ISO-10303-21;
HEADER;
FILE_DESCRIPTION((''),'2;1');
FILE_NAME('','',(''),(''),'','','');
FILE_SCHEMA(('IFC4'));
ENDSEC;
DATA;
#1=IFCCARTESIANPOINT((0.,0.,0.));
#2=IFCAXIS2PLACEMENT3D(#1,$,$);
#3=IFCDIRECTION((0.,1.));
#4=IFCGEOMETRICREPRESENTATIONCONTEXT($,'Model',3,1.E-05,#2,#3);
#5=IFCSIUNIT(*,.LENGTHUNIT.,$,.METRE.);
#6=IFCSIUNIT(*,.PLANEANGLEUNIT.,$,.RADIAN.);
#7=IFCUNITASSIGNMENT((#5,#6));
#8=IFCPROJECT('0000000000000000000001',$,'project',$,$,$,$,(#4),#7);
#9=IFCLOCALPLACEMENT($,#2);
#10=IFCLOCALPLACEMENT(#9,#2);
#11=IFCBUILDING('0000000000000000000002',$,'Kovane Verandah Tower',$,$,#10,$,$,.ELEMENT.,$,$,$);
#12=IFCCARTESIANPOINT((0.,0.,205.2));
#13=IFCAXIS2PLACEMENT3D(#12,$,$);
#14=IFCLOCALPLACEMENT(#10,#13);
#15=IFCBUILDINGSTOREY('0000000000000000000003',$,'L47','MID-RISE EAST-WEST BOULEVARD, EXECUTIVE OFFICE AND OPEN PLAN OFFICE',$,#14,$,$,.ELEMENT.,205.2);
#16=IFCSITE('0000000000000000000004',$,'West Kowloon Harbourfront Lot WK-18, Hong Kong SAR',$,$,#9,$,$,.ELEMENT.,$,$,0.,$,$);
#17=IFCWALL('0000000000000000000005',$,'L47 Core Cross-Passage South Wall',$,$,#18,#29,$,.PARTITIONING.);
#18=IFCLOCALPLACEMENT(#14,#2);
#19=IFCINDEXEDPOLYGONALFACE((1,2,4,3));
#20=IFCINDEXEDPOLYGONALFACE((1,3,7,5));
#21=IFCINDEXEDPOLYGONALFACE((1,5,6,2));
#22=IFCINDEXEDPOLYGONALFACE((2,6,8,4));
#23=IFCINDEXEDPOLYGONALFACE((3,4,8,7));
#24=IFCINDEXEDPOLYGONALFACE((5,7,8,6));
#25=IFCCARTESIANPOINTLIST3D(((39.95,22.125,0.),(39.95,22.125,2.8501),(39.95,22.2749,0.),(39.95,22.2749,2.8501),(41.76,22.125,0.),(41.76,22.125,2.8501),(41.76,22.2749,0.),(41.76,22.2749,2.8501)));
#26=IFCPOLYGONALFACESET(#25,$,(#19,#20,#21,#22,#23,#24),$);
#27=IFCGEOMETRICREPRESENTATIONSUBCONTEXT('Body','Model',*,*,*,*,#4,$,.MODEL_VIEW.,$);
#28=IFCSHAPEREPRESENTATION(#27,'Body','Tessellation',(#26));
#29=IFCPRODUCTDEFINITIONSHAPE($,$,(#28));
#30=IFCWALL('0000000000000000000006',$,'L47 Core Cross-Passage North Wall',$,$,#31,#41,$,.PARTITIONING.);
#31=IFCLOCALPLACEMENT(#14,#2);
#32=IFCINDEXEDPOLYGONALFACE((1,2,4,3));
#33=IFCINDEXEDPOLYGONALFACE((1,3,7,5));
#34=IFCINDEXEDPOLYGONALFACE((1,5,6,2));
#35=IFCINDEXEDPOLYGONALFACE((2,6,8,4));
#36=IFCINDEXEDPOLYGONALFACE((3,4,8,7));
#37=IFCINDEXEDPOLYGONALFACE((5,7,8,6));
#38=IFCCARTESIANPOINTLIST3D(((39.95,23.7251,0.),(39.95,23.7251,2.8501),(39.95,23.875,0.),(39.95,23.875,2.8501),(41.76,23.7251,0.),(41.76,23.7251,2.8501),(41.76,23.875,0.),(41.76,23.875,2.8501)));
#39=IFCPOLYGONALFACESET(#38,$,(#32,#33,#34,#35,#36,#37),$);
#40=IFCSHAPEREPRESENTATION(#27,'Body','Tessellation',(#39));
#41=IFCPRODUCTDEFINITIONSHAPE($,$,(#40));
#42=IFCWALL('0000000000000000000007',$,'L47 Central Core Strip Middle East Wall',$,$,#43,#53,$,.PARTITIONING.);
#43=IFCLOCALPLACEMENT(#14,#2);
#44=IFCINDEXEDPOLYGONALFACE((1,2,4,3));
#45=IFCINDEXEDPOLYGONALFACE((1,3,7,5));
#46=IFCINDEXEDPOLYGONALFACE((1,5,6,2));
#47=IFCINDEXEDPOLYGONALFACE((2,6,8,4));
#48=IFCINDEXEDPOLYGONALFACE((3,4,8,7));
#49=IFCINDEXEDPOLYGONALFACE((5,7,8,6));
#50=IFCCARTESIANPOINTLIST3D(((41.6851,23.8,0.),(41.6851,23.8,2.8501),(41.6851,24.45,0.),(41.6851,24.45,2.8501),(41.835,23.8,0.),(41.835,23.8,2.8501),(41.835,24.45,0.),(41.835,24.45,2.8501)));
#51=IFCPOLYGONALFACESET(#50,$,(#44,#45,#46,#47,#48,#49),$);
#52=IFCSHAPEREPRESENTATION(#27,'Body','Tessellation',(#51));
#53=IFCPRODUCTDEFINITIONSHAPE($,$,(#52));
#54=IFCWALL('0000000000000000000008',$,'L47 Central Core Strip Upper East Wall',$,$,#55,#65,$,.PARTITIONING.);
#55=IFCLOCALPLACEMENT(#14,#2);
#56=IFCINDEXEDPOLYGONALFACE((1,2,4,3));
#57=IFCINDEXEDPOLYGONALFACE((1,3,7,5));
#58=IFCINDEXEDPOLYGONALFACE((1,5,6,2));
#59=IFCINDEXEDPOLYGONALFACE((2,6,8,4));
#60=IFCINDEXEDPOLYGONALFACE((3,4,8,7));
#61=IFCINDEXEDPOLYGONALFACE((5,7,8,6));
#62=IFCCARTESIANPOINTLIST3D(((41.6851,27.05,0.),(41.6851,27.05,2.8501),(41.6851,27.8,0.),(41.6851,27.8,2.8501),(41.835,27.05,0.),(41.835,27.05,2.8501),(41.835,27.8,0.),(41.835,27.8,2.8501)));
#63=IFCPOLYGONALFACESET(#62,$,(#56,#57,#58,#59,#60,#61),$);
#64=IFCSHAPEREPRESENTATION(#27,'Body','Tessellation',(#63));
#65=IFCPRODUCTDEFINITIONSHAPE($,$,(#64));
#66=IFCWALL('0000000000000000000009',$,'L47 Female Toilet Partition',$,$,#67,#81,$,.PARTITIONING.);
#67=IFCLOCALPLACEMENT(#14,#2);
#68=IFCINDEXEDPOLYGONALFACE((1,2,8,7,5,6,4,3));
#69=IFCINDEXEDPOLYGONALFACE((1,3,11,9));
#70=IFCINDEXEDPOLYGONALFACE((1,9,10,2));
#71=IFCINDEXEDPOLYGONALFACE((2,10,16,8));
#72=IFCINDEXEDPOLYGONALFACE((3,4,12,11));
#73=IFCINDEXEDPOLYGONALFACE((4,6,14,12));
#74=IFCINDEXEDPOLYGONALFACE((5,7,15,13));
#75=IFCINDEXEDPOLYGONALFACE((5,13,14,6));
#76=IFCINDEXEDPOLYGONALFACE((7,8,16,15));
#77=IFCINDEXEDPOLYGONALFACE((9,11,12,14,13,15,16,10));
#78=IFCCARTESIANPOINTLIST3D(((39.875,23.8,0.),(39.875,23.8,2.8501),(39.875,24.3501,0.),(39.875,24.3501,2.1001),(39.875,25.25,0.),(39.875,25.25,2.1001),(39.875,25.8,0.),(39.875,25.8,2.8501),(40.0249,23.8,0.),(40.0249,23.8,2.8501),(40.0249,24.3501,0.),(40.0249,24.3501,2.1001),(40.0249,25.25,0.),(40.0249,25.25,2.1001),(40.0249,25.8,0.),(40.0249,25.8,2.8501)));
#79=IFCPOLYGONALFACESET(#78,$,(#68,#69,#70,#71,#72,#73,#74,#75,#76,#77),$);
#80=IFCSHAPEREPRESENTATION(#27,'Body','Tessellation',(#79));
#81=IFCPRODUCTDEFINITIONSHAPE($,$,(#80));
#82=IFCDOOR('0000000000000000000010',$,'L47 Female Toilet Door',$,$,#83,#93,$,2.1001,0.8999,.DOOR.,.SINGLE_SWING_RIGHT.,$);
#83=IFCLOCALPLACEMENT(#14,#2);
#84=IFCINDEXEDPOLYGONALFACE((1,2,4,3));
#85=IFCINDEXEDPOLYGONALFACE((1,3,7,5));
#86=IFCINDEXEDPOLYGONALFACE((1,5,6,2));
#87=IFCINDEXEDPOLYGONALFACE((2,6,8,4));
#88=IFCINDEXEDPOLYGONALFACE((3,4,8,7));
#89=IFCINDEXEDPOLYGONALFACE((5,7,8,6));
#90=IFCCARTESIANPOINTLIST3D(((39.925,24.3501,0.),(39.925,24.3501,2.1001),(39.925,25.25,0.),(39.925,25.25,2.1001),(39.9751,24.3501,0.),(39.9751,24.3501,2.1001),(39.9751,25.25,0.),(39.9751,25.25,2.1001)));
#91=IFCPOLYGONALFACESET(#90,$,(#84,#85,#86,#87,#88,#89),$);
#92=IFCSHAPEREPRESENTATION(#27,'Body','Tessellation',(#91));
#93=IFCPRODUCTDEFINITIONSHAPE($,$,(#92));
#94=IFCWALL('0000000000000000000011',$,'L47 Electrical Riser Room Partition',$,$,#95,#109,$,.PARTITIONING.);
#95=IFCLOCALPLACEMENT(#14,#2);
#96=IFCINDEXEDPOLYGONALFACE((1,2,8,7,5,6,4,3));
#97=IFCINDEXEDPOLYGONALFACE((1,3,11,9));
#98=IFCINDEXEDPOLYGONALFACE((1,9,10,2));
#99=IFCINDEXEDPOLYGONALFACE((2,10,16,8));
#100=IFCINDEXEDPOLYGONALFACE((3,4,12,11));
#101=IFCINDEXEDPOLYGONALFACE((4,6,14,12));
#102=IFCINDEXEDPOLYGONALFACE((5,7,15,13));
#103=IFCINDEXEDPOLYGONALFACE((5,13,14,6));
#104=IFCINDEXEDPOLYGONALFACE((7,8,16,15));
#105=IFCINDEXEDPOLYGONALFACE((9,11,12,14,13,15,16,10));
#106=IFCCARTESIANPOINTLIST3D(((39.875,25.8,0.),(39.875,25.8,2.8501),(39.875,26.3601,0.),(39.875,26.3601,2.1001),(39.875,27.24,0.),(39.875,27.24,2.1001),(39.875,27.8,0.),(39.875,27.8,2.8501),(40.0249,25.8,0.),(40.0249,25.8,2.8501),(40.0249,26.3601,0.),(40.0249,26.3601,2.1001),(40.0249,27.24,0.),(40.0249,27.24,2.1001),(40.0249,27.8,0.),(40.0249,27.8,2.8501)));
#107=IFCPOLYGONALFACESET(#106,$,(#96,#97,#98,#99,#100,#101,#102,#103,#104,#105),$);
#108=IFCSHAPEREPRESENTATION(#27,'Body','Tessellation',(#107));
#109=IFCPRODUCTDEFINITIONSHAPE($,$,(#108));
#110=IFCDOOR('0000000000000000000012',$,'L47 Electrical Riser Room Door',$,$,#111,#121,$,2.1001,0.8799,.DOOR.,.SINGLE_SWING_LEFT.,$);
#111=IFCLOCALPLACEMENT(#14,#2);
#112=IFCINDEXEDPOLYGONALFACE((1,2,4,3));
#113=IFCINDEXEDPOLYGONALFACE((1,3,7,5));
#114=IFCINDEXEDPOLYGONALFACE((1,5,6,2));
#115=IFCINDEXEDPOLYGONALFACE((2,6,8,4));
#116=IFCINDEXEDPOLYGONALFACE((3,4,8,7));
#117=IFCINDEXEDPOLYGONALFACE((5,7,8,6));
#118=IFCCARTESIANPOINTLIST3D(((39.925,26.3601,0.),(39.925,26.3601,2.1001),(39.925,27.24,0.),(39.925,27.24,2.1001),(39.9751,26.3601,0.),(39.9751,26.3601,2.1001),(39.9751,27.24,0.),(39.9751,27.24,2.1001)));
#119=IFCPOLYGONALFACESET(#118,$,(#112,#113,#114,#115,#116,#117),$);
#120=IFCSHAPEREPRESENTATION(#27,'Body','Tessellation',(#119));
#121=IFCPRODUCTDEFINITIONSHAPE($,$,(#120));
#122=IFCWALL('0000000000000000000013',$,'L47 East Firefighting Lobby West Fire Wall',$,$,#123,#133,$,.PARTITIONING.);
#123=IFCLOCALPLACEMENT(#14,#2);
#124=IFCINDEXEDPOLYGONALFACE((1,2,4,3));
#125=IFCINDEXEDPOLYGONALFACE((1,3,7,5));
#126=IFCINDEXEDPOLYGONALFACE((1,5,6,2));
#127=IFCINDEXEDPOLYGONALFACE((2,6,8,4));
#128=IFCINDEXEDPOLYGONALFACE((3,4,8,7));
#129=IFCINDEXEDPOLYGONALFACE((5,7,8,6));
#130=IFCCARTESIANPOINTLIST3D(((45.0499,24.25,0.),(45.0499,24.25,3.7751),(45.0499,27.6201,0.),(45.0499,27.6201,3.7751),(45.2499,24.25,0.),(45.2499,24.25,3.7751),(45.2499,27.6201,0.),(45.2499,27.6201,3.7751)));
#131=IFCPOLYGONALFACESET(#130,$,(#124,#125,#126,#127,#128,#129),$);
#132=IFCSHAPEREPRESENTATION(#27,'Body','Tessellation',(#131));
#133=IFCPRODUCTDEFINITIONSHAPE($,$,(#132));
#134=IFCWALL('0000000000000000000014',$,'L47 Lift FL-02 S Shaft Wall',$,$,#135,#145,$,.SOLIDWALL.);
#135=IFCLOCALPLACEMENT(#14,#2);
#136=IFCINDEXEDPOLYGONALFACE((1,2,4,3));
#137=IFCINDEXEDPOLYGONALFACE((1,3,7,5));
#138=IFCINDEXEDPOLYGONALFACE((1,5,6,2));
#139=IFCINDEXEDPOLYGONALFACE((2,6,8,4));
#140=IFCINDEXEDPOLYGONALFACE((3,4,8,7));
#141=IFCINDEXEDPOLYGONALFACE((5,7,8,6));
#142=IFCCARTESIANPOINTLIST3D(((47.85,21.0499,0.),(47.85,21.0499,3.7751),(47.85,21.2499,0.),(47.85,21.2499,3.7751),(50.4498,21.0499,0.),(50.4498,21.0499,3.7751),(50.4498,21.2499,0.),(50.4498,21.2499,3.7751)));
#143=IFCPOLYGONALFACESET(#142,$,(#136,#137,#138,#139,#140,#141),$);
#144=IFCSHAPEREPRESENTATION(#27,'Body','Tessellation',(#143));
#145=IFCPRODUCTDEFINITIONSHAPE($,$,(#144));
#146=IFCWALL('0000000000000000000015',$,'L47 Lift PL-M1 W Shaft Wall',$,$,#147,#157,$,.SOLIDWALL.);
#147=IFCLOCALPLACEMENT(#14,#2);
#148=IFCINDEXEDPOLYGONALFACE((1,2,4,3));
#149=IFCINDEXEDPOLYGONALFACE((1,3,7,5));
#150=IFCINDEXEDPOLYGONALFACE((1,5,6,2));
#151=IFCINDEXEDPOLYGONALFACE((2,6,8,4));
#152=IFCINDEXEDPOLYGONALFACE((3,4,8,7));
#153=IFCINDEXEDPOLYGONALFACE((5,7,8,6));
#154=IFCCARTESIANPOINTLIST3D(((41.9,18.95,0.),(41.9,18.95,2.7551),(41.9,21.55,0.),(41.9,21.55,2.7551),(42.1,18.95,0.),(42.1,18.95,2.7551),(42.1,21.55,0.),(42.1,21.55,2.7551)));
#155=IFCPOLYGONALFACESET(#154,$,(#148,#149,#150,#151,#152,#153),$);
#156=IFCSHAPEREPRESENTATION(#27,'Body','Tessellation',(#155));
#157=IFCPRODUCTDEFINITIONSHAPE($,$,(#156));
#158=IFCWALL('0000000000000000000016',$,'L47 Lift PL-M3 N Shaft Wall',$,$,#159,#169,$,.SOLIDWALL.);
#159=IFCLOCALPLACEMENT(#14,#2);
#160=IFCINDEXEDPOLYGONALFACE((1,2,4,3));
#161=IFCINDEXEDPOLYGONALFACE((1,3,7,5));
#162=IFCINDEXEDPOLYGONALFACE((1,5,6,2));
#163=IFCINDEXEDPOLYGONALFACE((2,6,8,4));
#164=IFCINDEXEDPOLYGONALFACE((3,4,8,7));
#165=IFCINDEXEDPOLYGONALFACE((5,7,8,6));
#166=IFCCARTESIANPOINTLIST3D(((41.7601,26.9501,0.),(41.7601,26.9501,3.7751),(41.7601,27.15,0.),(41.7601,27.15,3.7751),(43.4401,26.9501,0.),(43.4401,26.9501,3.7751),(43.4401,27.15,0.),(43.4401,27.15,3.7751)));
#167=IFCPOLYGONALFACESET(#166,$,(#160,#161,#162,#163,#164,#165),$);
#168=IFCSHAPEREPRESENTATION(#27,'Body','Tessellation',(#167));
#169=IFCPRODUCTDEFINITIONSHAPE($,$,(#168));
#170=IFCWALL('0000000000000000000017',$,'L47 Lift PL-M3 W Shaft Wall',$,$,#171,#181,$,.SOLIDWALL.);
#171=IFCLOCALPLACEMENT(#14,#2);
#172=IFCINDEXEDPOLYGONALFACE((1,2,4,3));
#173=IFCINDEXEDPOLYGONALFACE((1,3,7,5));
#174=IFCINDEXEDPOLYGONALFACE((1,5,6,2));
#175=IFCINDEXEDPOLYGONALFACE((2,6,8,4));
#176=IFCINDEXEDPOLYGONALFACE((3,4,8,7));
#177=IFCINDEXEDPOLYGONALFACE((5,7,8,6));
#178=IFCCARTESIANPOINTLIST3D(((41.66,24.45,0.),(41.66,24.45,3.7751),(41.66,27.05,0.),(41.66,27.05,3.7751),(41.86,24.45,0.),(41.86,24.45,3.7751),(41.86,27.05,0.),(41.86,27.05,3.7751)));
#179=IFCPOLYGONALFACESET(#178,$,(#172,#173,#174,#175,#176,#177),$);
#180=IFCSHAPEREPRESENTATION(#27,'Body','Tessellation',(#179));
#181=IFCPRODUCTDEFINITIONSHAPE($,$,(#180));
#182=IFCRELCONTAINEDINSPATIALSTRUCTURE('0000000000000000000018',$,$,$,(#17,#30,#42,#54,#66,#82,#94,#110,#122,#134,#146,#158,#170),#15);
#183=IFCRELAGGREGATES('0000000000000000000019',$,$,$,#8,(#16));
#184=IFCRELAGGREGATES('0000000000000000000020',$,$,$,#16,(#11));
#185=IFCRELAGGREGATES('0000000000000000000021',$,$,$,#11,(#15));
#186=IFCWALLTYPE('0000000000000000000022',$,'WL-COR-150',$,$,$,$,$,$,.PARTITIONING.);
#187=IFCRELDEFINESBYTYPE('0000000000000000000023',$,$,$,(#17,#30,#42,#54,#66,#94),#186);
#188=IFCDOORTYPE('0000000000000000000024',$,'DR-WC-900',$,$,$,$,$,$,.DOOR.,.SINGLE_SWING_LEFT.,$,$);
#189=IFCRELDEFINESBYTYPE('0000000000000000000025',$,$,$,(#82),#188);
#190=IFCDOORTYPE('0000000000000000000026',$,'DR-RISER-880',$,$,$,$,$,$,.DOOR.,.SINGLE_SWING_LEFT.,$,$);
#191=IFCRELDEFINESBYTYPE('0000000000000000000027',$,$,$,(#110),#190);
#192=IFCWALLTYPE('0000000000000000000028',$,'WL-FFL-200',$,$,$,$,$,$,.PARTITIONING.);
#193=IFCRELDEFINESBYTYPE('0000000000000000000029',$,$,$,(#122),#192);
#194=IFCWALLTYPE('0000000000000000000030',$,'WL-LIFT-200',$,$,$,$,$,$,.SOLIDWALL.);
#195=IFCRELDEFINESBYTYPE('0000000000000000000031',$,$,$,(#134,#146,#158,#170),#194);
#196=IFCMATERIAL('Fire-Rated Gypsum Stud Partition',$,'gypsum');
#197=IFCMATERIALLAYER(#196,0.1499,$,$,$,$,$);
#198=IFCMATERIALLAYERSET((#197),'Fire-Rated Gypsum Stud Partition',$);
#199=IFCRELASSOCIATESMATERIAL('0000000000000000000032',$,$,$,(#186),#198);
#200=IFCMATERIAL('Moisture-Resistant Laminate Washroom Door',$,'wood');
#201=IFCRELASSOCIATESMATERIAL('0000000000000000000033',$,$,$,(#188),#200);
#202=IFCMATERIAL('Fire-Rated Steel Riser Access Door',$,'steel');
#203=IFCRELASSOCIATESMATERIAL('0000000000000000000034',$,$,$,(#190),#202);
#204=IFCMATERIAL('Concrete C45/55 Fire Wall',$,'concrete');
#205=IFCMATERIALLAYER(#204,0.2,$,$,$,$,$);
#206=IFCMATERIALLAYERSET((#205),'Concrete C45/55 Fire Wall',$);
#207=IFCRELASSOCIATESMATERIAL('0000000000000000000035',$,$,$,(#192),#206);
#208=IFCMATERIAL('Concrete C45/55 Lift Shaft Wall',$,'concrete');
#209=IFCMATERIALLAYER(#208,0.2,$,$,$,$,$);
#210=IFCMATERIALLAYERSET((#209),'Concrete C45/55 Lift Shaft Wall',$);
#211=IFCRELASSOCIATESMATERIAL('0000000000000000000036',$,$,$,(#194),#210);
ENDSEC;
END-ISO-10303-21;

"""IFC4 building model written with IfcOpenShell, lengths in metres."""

from ifc_helpers import new_model, si_unit, direction, frame, frame_2d, origin, place, context, subcontext, project, spatial, rectangle, extrude, material, layer, layer_set, type_object, element, fill, save


model = new_model("IFC4")

# Units and contexts
model_context = context("Model", 3, precision=1e-05, world=origin(), true_north=direction((0.0, 1.0)))
body_context = subcontext(model_context, "Body", "Model", "MODEL_VIEW")
ifc_project = project(units=[si_unit("LENGTHUNIT", "METRE"), si_unit("PLANEANGLEUNIT", "RADIAN")], contexts=[model_context])

# Site, building, storey
site_placement = place(None, origin())
site = spatial("IfcSite", under=ifc_project, at=site_placement, Name="West Kowloon Harbourfront Lot WK-18, Hong Kong SAR", CompositionType="ELEMENT", RefElevation=0.0)
building_placement = place(site_placement, origin())
building = spatial("IfcBuilding", under=site, at=building_placement, Name="Kovane Verandah Tower", CompositionType="ELEMENT")
storey_placement = place(building_placement, frame((0.0, 0.0, 205.2)))
storey = spatial("IfcBuildingStorey", under=building, at=storey_placement, Name="L47", Description="MID-RISE EAST-WEST BOULEVARD, EXECUTIVE OFFICE AND OPEN PLAN OFFICE", CompositionType="ELEMENT", Elevation=205.2)

# Walls
ifc_material_1 = material(Name="Fire-Rated Gypsum Stud Partition", Category="gypsum")
ifc_layer_1 = layer(ifc_material_1, 0.1499)
ifc_layer_set_1 = layer_set([ifc_layer_1], Name="Fire-Rated Gypsum Stud Partition")
wall_type_1 = type_object("IfcWallType", Name="WL-COR-150", PredefinedType="PARTITIONING", material=ifc_layer_set_1)
for number, where, z_axis, x_axis, name in (
    (1, (39.95, 22.2, 0.0), (0.0, 0.0, 1.0), (1.0, 0.0, 0.0), "L47 Core Cross-Passage South Wall"),
    (2, (39.95, 23.8, 0.0), (0.0, 0.0, 1.0), (1.0, 0.0, 0.0), "L47 Core Cross-Passage North Wall"),
):
    element("IfcWall", number, at=place(storey_placement, frame(where, z_axis=z_axis, x_axis=x_axis)), inside=storey, type_object=wall_type_1, Name=name, PredefinedType="PARTITIONING", context=body_context, shape_type="SweptSolid", body=[
        extrude(rectangle(XDim=1.8101, YDim=0.1499, at=frame_2d((0.905, 0.0))), origin(), (0.0, 0.0, 1.0), 2.8501),
    ])
wall_1_placement = place(storey_placement, frame((41.76, 23.8, 0.0), z_axis=(0.0, 0.0, 1.0), x_axis=(0.0, 1.0, 0.0)))
element("IfcWall", 3, at=wall_1_placement, inside=storey, type_object=wall_type_1, Name="L47 Central Core Strip Middle East Wall", PredefinedType="PARTITIONING", context=body_context, shape_type="SweptSolid", body=[
    extrude(rectangle(XDim=0.6499, YDim=0.1499, at=frame_2d((0.325, 0.0))), origin(), (0.0, 0.0, 1.0), 2.8501),
])
wall_2_placement = place(storey_placement, frame((41.76, 27.05, 0.0), z_axis=(0.0, 0.0, 1.0), x_axis=(0.0, 1.0, 0.0)))
element("IfcWall", 4, at=wall_2_placement, inside=storey, type_object=wall_type_1, Name="L47 Central Core Strip Upper East Wall", PredefinedType="PARTITIONING", context=body_context, shape_type="SweptSolid", body=[
    extrude(rectangle(XDim=0.75, YDim=0.1499, at=frame_2d((0.375, 0.0))), origin(), (0.0, 0.0, 1.0), 2.8501),
])

# Walls, openings, doors
wall_3_placement = place(storey_placement, frame((39.95, 23.8, 0.0), z_axis=(0.0, 0.0, 1.0), x_axis=(0.0, 1.0, 0.0)))
wall_3 = element("IfcWall", 5, at=wall_3_placement, inside=storey, type_object=wall_type_1, Name="L47 Female Toilet Partition", PredefinedType="PARTITIONING", context=body_context, shape_type="SweptSolid", body=[
    extrude(rectangle(XDim=2.0, YDim=0.1499, at=frame_2d((1.0, 0.0))), origin(), (0.0, 0.0, 1.0), 2.8501),
])
opening_1_placement = place(wall_3_placement, frame((0.55, 0.0, 0.0)))
opening_1 = element("IfcOpeningElement", 6, at=opening_1_placement, cuts=wall_3, PredefinedType="OPENING", context=body_context, shape_type="SweptSolid", body=[
    extrude(rectangle(XDim=0.8999, YDim=2.1001, at=frame_2d((0.45, 1.05))), frame((0.0, 0.075, 0.0), z_axis=(0.0, -1.0, 0.0), x_axis=(1.0, 0.0, 0.0)), (0.0, 0.0, 1.0), 0.1499),
])
ifc_material_2 = material(Name="Moisture-Resistant Laminate Washroom Door", Category="wood")
door_type_1 = type_object("IfcDoorType", Name="DR-WC-900", OperationType="SINGLE_SWING_LEFT", PredefinedType="DOOR", material=ifc_material_2)
door_1_placement = place(opening_1_placement, origin())
door_1 = element("IfcDoor", 7, at=door_1_placement, inside=storey, type_object=door_type_1, Name="L47 Female Toilet Door", OperationType="SINGLE_SWING_RIGHT", OverallHeight=2.1001, OverallWidth=0.8999, PredefinedType="DOOR", context=body_context, shape_type="SweptSolid", body=[
    extrude(rectangle(XDim=0.8999, YDim=2.1001, at=frame_2d((0.45, 1.05))), frame((0.0, 0.0249, 0.0), z_axis=(0.0, -1.0, 0.0), x_axis=(1.0, 0.0, 0.0)), (0.0, 0.0, 1.0), 0.05),
])
fill(opening_1, door_1)
wall_4_placement = place(storey_placement, frame((39.95, 25.8, 0.0), z_axis=(0.0, 0.0, 1.0), x_axis=(0.0, 1.0, 0.0)))
wall_4 = element("IfcWall", 8, at=wall_4_placement, inside=storey, type_object=wall_type_1, Name="L47 Electrical Riser Room Partition", PredefinedType="PARTITIONING", context=body_context, shape_type="SweptSolid", body=[
    extrude(rectangle(XDim=2.0, YDim=0.1499, at=frame_2d((1.0, 0.0))), origin(), (0.0, 0.0, 1.0), 2.8501),
])
opening_2_placement = place(wall_4_placement, frame((0.5601, 0.0, 0.0)))
opening_2 = element("IfcOpeningElement", 9, at=opening_2_placement, cuts=wall_4, PredefinedType="OPENING", context=body_context, shape_type="SweptSolid", body=[
    extrude(rectangle(XDim=0.8799, YDim=2.1001, at=frame_2d((0.4399, 1.05))), frame((0.0, 0.075, 0.0), z_axis=(0.0, -1.0, 0.0), x_axis=(1.0, 0.0, 0.0)), (0.0, 0.0, 1.0), 0.1499),
])
ifc_material_3 = material(Name="Fire-Rated Steel Riser Access Door", Category="steel")
door_type_2 = type_object("IfcDoorType", Name="DR-RISER-880", OperationType="SINGLE_SWING_LEFT", PredefinedType="DOOR", material=ifc_material_3)
door_2_placement = place(opening_2_placement, origin())
door_2 = element("IfcDoor", 10, at=door_2_placement, inside=storey, type_object=door_type_2, Name="L47 Electrical Riser Room Door", OperationType="SINGLE_SWING_LEFT", OverallHeight=2.1001, OverallWidth=0.8799, PredefinedType="DOOR", context=body_context, shape_type="SweptSolid", body=[
    extrude(rectangle(XDim=0.8799, YDim=2.1001, at=frame_2d((0.4399, 1.05))), frame((0.0, 0.0249, 0.0), z_axis=(0.0, -1.0, 0.0), x_axis=(1.0, 0.0, 0.0)), (0.0, 0.0, 1.0), 0.05),
])
fill(opening_2, door_2)

# Wall
ifc_material_4 = material(Name="Concrete C45/55 Fire Wall", Category="concrete")
ifc_layer_2 = layer(ifc_material_4, 0.2)
ifc_layer_set_2 = layer_set([ifc_layer_2], Name="Concrete C45/55 Fire Wall")
wall_type_2 = type_object("IfcWallType", Name="WL-FFL-200", PredefinedType="PARTITIONING", material=ifc_layer_set_2)
wall_5_placement = place(storey_placement, frame((45.1499, 24.25, 0.0), z_axis=(0.0, 0.0, 1.0), x_axis=(0.0, 1.0, 0.0)))
element("IfcWall", 11, at=wall_5_placement, inside=storey, type_object=wall_type_2, Name="L47 East Firefighting Lobby West Fire Wall", PredefinedType="PARTITIONING", context=body_context, shape_type="SweptSolid", body=[
    extrude(rectangle(XDim=3.3701, YDim=0.2, at=frame_2d((1.6851, 0.0))), origin(), (0.0, 0.0, 1.0), 3.7751),
])

# Wall
ifc_material_5 = material(Name="Concrete C45/55 Lift Shaft Wall", Category="concrete")
ifc_layer_3 = layer(ifc_material_5, 0.2)
ifc_layer_set_3 = layer_set([ifc_layer_3], Name="Concrete C45/55 Lift Shaft Wall")
wall_type_3 = type_object("IfcWallType", Name="WL-LIFT-200", PredefinedType="SOLIDWALL", material=ifc_layer_set_3)
wall_6_placement = place(storey_placement, frame((47.8501, 21.1499, 0.0), z_axis=(0.0, 0.0, 1.0), x_axis=(1.0, 0.0, 0.0)))
element("IfcWall", 12, at=wall_6_placement, inside=storey, type_object=wall_type_3, Name="L47 Lift FL-02 S Shaft Wall", PredefinedType="SOLIDWALL", context=body_context, shape_type="SweptSolid", body=[
    extrude(rectangle(XDim=2.5999, YDim=0.2, at=frame_2d((1.2998, 0.0))), origin(), (0.0, 0.0, 1.0), 3.7751),
])

# Wall
wall_7_placement = place(storey_placement, frame((42.0, 21.55, 0.0), z_axis=(0.0, 0.0, 1.0), x_axis=(0.0, -1.0, 0.0)))
element("IfcWall", 13, at=wall_7_placement, inside=storey, type_object=wall_type_3, Name="L47 Lift PL-M1 W Shaft Wall", PredefinedType="SOLIDWALL", context=body_context, shape_type="SweptSolid", body=[
    extrude(rectangle(XDim=2.6001, YDim=0.2, at=frame_2d((1.3, 0.0))), origin(), (0.0, 0.0, 1.0), 2.7551),
])

# Walls
wall_8_placement = place(storey_placement, frame((43.4399, 27.05, 0.0), z_axis=(0.0, 0.0, 1.0), x_axis=(-1.0, 0.0, 0.0)))
element("IfcWall", 14, at=wall_8_placement, inside=storey, type_object=wall_type_3, Name="L47 Lift PL-M3 N Shaft Wall", PredefinedType="SOLIDWALL", context=body_context, shape_type="SweptSolid", body=[
    extrude(rectangle(XDim=1.6799, YDim=0.2, at=frame_2d((0.8398, 0.0))), origin(), (0.0, 0.0, 1.0), 3.7751),
])
for number, where, z_axis, x_axis, name in (
    (15, (41.76, 27.05, 0.0), (0.0, 0.0, 1.0), (0.0, -1.0, 0.0), "L47 Lift PL-M3 W Shaft Wall"),
):
    element("IfcWall", number, at=place(storey_placement, frame(where, z_axis=z_axis, x_axis=x_axis)), inside=storey, type_object=wall_type_3, Name=name, PredefinedType="SOLIDWALL", context=body_context, shape_type="SweptSolid", body=[
        extrude(rectangle(XDim=2.6001, YDim=0.2, at=frame_2d((1.3, 0.0))), origin(), (0.0, 0.0, 1.0), 3.7751),
    ])

save(model, "model.ifc")
